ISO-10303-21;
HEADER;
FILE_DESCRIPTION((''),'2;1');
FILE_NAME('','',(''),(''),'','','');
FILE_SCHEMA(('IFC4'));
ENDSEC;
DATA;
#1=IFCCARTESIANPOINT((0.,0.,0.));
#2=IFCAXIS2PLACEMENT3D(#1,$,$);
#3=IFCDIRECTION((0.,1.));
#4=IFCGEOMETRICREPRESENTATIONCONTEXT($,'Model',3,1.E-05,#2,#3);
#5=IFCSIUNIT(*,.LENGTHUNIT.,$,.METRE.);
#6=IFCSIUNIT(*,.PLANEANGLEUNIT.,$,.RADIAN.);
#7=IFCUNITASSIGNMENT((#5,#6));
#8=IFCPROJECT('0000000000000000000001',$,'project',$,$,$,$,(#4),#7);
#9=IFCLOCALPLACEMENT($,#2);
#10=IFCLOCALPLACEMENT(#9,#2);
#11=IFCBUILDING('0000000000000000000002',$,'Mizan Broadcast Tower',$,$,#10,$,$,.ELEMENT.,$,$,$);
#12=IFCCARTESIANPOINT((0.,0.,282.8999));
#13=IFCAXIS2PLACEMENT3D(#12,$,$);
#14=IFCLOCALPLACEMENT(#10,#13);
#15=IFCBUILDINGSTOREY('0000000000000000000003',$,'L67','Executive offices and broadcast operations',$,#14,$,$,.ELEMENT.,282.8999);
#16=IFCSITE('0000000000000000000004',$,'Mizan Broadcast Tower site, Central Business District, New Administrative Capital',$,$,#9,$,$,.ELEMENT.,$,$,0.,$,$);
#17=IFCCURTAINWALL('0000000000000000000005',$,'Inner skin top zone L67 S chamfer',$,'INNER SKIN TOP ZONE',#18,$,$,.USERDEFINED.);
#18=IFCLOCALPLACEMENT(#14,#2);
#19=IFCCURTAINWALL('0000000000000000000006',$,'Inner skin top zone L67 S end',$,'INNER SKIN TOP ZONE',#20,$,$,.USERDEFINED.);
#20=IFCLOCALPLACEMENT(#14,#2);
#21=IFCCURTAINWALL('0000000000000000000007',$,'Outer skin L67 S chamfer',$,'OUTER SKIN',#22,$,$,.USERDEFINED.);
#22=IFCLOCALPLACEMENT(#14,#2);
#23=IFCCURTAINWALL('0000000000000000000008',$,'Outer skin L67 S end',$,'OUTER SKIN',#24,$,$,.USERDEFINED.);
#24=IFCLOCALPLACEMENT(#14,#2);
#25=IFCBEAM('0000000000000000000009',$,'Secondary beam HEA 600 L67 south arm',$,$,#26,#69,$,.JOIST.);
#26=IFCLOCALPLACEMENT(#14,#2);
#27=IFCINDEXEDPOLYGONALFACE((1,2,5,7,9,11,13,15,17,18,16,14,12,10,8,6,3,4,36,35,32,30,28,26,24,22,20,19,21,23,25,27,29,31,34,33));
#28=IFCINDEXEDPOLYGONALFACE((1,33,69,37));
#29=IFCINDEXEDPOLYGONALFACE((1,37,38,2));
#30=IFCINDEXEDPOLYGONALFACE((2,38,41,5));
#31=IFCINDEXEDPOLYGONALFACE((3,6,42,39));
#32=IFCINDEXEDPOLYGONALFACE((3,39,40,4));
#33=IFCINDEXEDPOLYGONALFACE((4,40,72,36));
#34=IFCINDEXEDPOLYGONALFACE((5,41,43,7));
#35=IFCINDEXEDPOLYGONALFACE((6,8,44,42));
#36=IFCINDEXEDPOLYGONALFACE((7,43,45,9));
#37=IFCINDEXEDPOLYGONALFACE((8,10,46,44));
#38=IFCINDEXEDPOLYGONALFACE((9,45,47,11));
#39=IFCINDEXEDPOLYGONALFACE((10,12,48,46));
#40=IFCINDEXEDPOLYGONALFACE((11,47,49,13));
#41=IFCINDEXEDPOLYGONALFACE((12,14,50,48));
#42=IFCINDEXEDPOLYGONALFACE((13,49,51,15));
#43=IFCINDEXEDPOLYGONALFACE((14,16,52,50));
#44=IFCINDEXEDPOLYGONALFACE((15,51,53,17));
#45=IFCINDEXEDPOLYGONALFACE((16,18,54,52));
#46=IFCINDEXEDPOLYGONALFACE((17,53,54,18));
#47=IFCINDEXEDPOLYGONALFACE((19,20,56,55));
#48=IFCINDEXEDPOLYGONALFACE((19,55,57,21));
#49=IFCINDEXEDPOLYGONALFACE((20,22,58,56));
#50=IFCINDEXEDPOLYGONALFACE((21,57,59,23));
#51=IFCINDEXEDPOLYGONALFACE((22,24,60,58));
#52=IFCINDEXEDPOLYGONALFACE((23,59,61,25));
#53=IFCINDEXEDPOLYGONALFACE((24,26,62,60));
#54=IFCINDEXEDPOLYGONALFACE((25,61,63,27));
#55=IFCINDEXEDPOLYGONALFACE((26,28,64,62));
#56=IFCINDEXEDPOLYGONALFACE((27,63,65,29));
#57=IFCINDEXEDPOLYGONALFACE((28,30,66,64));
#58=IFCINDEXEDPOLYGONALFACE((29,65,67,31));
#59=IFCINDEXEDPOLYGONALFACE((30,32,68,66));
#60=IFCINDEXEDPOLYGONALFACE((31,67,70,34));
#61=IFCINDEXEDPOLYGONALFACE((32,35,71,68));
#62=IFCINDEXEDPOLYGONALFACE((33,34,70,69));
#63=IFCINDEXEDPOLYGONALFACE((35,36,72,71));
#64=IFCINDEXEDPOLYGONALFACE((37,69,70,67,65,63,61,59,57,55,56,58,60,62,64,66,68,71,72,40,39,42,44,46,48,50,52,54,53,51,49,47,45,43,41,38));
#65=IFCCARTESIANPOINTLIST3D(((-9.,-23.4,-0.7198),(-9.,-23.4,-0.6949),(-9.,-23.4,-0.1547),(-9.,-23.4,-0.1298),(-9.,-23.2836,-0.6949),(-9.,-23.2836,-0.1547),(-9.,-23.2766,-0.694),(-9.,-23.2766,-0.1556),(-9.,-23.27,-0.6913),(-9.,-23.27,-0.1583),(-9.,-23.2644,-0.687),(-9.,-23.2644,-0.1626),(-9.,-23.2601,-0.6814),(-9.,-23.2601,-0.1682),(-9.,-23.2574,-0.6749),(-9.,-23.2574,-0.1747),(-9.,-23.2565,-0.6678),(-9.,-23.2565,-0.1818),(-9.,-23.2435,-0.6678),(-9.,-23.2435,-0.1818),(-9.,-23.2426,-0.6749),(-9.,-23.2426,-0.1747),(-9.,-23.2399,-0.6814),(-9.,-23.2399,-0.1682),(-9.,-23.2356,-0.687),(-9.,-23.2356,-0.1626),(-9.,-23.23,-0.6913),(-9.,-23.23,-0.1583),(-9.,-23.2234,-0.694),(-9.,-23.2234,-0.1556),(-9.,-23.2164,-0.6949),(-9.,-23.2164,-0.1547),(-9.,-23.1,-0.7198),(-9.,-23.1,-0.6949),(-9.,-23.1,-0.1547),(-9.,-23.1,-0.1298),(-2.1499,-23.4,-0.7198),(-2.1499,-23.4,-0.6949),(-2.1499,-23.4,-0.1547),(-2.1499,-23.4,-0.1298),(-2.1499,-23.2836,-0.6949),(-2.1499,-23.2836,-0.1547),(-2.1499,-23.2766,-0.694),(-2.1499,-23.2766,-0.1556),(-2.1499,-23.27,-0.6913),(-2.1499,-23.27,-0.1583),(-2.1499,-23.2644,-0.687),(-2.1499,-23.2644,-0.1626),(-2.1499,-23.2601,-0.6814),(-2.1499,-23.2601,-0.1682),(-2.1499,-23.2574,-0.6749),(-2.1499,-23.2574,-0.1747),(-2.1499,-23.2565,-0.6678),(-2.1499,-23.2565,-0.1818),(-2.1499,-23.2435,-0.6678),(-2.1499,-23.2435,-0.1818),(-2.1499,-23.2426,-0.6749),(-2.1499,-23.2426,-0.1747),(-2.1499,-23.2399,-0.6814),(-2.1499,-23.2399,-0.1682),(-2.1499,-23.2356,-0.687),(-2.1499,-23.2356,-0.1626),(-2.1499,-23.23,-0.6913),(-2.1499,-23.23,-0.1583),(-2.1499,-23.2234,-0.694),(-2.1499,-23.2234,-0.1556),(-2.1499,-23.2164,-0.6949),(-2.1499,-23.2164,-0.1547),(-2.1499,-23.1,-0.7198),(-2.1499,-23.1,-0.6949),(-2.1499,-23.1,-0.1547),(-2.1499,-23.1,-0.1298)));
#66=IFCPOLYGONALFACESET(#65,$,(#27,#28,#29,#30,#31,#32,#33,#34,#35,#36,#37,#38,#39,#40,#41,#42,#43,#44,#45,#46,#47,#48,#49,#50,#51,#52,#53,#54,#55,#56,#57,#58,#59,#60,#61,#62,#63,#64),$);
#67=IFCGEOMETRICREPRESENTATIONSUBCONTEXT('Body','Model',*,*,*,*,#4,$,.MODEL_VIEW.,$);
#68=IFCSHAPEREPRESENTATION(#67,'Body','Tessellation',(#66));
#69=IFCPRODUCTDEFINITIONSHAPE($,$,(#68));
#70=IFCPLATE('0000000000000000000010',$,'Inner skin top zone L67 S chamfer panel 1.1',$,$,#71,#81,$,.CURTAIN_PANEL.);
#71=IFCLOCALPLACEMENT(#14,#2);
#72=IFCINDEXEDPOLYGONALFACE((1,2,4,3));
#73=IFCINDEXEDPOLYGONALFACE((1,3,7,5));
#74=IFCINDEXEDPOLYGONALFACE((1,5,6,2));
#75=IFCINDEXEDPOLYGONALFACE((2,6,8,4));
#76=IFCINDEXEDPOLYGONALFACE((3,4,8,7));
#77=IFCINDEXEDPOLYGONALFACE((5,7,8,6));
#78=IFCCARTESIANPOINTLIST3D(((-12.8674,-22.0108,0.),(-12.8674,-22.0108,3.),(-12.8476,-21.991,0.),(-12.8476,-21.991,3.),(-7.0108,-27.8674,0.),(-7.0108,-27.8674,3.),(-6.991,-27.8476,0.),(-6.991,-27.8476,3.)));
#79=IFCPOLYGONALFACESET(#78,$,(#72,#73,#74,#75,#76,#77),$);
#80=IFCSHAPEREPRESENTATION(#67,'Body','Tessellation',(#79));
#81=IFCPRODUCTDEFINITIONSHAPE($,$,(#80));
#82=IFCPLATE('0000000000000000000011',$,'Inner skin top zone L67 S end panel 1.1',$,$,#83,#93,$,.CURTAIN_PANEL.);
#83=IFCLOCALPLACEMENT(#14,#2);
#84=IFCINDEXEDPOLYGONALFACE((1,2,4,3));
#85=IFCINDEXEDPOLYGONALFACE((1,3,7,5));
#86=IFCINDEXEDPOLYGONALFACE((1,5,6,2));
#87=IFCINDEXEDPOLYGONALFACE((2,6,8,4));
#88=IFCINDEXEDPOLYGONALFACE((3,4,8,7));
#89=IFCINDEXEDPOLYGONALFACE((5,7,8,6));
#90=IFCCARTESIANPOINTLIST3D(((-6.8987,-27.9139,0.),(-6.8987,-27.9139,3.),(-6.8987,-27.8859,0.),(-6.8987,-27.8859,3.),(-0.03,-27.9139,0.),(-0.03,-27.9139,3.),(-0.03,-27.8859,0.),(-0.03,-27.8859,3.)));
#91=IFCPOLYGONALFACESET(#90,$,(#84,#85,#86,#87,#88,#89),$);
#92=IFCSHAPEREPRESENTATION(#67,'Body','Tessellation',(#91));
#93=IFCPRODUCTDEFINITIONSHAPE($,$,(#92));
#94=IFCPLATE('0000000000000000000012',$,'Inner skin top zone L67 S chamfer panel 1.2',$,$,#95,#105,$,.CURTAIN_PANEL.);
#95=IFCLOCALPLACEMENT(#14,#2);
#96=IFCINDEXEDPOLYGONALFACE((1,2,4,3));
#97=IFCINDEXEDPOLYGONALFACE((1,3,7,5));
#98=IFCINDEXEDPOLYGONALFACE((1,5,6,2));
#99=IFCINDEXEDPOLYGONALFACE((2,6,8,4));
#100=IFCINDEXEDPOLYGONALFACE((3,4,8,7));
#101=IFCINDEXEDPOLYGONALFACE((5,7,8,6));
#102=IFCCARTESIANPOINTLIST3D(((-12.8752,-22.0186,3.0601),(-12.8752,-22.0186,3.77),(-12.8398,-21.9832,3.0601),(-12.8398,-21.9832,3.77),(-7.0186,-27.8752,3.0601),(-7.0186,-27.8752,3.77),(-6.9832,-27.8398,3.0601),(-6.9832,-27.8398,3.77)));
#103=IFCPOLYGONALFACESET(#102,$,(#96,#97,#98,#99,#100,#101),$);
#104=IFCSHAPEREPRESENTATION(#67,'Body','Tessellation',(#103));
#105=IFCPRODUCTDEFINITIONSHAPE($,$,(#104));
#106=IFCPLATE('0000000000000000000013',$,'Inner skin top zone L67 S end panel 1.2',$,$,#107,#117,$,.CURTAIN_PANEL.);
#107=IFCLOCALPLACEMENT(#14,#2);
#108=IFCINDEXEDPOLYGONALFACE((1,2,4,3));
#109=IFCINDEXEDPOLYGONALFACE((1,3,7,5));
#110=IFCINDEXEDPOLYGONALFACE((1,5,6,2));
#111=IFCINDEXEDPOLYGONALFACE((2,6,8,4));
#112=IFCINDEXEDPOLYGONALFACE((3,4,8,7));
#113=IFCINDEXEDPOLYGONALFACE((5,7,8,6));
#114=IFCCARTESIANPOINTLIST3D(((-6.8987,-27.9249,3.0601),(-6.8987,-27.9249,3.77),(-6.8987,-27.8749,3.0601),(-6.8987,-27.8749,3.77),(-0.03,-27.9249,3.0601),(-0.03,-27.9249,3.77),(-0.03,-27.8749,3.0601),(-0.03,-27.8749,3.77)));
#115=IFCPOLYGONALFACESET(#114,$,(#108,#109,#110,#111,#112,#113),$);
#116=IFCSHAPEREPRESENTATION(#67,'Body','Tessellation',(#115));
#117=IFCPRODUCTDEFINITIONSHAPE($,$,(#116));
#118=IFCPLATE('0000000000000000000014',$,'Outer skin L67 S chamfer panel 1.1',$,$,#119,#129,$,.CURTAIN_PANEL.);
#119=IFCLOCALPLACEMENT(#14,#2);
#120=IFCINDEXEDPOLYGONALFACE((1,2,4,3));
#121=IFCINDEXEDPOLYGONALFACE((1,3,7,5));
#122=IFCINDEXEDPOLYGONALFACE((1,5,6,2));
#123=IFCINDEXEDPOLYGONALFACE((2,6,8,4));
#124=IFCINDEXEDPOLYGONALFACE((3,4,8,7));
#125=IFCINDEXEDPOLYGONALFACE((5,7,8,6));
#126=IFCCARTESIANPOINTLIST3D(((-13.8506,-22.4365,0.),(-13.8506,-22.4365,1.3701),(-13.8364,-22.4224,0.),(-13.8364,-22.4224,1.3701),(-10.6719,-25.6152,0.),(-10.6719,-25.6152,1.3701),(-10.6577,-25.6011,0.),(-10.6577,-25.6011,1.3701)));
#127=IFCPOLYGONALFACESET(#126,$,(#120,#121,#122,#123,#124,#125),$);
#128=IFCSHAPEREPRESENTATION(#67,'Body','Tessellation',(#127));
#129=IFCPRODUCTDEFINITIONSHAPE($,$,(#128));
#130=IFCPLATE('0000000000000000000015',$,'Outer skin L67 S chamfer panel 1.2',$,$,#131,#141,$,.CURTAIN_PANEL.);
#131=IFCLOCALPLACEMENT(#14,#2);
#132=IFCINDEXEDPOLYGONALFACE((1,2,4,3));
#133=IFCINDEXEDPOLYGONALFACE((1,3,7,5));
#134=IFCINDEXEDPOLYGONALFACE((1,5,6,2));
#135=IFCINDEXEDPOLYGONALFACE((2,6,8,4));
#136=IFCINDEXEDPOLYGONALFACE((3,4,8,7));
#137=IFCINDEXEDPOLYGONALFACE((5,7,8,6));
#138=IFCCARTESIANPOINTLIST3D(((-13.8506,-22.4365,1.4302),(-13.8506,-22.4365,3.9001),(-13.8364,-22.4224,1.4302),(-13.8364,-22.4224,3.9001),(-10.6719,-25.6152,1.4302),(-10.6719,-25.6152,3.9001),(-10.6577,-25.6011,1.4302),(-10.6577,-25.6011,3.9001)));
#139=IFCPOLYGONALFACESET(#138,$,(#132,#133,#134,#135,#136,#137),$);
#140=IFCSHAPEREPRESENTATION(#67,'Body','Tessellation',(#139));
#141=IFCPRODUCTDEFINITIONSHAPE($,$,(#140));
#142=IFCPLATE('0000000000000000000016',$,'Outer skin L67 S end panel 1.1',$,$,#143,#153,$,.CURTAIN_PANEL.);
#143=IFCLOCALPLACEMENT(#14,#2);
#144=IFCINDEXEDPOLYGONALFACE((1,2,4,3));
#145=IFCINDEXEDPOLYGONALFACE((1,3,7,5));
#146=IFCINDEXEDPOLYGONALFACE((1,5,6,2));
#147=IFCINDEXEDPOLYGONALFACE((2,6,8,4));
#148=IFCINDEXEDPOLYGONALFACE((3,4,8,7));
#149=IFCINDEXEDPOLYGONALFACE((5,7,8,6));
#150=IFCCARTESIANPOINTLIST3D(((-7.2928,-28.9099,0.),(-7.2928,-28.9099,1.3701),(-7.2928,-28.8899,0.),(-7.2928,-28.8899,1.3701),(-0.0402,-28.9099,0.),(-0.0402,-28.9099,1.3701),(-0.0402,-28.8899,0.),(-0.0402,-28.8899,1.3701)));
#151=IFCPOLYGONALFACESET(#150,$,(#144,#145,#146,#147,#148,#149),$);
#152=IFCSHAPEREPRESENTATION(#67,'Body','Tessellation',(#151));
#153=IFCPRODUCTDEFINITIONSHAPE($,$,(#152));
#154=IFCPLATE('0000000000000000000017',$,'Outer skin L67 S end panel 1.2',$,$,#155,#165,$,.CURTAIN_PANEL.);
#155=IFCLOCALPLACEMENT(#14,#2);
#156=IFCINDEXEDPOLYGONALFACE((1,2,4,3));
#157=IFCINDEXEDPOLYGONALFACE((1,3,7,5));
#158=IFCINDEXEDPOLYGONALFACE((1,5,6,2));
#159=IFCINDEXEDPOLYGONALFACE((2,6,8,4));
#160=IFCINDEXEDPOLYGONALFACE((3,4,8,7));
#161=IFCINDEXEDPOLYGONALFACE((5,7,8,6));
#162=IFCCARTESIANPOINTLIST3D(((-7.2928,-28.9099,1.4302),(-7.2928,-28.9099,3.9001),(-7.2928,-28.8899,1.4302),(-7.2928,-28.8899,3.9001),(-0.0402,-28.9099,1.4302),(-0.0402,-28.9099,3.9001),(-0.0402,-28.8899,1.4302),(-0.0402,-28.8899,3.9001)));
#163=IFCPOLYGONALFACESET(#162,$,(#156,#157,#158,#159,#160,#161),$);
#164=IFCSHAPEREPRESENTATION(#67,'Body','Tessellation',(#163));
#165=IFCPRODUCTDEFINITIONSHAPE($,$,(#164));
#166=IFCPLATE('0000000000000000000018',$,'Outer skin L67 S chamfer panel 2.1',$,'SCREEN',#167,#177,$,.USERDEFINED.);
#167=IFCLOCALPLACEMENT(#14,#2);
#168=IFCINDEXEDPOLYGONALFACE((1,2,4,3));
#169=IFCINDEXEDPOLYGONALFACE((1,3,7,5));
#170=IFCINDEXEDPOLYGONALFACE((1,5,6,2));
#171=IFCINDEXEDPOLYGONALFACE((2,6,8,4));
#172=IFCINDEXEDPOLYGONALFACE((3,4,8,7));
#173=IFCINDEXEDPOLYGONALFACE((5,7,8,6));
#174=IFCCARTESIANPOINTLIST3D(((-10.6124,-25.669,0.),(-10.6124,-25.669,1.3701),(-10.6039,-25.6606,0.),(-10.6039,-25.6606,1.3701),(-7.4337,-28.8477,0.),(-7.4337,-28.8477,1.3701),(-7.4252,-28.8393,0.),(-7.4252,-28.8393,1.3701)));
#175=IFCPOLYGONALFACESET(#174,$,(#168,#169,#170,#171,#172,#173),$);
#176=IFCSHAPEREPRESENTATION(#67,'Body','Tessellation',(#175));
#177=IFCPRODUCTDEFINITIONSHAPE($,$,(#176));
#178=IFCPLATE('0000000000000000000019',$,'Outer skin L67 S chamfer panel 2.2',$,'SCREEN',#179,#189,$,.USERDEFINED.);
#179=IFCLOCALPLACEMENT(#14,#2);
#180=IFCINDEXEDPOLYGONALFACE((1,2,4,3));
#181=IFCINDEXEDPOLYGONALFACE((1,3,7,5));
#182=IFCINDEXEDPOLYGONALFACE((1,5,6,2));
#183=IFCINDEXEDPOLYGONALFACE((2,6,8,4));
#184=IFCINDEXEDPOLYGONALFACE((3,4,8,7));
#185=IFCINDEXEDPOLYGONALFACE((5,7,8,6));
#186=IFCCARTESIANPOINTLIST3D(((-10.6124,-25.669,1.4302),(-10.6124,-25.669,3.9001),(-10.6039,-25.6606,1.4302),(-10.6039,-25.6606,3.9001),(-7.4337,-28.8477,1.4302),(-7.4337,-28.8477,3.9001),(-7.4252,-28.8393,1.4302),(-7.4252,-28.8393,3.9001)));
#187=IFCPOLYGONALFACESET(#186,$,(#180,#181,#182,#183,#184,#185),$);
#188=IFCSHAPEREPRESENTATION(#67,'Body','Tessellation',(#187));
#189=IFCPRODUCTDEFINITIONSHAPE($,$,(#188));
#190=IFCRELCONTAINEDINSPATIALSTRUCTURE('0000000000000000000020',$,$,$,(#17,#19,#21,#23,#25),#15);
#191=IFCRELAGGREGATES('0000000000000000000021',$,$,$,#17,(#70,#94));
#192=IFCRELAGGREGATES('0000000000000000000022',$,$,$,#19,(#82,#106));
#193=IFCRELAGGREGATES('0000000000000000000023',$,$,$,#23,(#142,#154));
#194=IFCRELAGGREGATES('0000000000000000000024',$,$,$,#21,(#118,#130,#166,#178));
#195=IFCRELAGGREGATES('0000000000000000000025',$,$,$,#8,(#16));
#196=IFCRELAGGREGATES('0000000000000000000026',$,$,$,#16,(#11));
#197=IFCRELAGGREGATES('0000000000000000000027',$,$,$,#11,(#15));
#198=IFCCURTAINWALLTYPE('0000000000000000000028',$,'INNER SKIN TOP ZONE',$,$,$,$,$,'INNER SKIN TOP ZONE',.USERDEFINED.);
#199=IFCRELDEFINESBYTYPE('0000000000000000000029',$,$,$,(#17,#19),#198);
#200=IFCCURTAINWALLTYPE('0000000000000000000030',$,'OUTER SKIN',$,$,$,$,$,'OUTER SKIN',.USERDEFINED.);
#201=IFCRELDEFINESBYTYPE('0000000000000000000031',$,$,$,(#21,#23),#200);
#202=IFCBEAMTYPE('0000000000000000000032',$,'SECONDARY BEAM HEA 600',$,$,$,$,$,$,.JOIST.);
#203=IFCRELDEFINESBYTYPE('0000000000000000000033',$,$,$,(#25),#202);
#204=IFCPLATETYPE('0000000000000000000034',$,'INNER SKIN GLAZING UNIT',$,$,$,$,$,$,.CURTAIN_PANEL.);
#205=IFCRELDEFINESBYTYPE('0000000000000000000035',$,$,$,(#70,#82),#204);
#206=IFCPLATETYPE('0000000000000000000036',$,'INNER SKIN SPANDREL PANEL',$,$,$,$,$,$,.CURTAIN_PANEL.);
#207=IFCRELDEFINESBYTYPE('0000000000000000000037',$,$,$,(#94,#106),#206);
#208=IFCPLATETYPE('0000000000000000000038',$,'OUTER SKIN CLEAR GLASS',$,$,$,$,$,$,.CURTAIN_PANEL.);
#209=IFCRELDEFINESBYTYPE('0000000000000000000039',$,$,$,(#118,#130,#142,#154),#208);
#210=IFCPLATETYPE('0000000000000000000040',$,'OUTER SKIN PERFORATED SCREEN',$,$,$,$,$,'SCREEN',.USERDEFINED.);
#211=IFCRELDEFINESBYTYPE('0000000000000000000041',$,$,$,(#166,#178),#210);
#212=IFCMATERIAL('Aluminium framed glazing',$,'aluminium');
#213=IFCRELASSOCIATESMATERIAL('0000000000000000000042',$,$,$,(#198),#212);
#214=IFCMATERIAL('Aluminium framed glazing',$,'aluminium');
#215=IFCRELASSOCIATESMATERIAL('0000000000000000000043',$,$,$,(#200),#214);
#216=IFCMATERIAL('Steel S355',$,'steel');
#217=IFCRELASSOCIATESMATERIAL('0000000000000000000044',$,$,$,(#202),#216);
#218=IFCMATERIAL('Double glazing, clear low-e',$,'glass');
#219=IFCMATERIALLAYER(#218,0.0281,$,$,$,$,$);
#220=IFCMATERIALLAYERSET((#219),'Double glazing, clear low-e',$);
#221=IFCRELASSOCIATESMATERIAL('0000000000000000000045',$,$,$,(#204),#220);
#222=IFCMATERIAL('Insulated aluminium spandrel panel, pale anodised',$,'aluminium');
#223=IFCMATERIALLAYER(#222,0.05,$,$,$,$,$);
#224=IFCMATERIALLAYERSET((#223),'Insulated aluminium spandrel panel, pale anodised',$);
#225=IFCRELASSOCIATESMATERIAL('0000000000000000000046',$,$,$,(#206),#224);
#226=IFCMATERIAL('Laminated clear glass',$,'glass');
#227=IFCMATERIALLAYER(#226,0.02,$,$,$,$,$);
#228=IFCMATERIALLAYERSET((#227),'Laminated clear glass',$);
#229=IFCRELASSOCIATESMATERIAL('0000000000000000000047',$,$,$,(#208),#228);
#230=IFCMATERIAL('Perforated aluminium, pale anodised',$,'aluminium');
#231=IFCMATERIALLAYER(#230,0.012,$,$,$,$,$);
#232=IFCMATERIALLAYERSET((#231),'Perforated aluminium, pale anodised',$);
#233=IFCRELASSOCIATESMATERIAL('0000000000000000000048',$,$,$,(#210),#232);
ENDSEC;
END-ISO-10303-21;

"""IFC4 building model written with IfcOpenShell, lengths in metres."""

from ifc_helpers import new_model, si_unit, direction, frame, origin, origin_2d, place, context, subcontext, project, spatial, rectangle, i_section, extrude, material, layer, layer_set, material_profile, profile_set, type_object, element, aggregate, save


model = new_model("IFC4")

# Units and contexts
model_context = context("Model", 3, precision=1e-05, world=origin(), true_north=direction((0.0, 1.0)))
body_context = subcontext(model_context, "Body", "Model", "MODEL_VIEW")
ifc_project = project(units=[si_unit("LENGTHUNIT", "METRE"), si_unit("PLANEANGLEUNIT", "RADIAN")], contexts=[model_context])

# Site, building, storey
site_placement = place(None, origin())
site = spatial("IfcSite", under=ifc_project, at=site_placement, Name="Mizan Broadcast Tower site, Central Business District, New Administrative Capital", CompositionType="ELEMENT", RefElevation=0.0)
building_placement = place(site_placement, origin())
building = spatial("IfcBuilding", under=site, at=building_placement, Name="Mizan Broadcast Tower", CompositionType="ELEMENT")
storey_placement = place(building_placement, frame((0.0, 0.0, 282.8999)))
storey = spatial("IfcBuildingStorey", under=building, at=storey_placement, Name="L67", Description="Executive offices and broadcast operations", CompositionType="ELEMENT", Elevation=282.8999)

# Curtain walls
ifc_material_1 = material(Name="Aluminium framed glazing", Category="aluminium")
curtain_wall_type_1 = type_object("IfcCurtainWallType", Name="INNER SKIN TOP ZONE", ElementType="INNER SKIN TOP ZONE", PredefinedType="USERDEFINED", material=ifc_material_1)
curtain_wall_1_placement = place(storey_placement, origin())
curtain_wall_1 = element("IfcCurtainWall", 1, at=curtain_wall_1_placement, inside=storey, type_object=curtain_wall_type_1, Name="Inner skin top zone L67 S chamfer", ObjectType="INNER SKIN TOP ZONE", PredefinedType="USERDEFINED")
curtain_wall_2_placement = place(storey_placement, origin())
curtain_wall_2 = element("IfcCurtainWall", 2, at=curtain_wall_2_placement, inside=storey, type_object=curtain_wall_type_1, Name="Inner skin top zone L67 S end", ObjectType="INNER SKIN TOP ZONE", PredefinedType="USERDEFINED")

# Curtain wall
ifc_material_2 = material(Name="Aluminium framed glazing", Category="aluminium")
curtain_wall_type_2 = type_object("IfcCurtainWallType", Name="OUTER SKIN", ElementType="OUTER SKIN", PredefinedType="USERDEFINED", material=ifc_material_2)
curtain_wall_3_placement = place(storey_placement, origin())
curtain_wall_3 = element("IfcCurtainWall", 3, at=curtain_wall_3_placement, inside=storey, type_object=curtain_wall_type_2, Name="Outer skin L67 S chamfer", ObjectType="OUTER SKIN", PredefinedType="USERDEFINED")

# Curtain wall
curtain_wall_4_placement = place(storey_placement, origin())
curtain_wall_4 = element("IfcCurtainWall", 4, at=curtain_wall_4_placement, inside=storey, type_object=curtain_wall_type_2, Name="Outer skin L67 S end", ObjectType="OUTER SKIN", PredefinedType="USERDEFINED")

# Beam
ifc_material_3 = material(Name="Steel S355", Category="steel")
ifc_material_profile_1 = material_profile(ifc_material_3, i_section(OverallWidth=0.3, OverallDepth=0.5901, WebThickness=0.0129, FlangeThickness=0.0249, FilletRadius=0.0271, at=origin_2d()), Name="HEA 600")
ifc_profile_set_1 = profile_set([ifc_material_profile_1], Name="Steel S355")
beam_type_1 = type_object("IfcBeamType", Name="SECONDARY BEAM HEA 600", PredefinedType="JOIST", material=ifc_profile_set_1)
beam_1_placement = place(storey_placement, frame((-9.0, -23.25, -0.4248), z_axis=(1.0, 0.0, 0.0), x_axis=(0.0, 1.0, 0.0)))
element("IfcBeam", 5, at=beam_1_placement, inside=storey, type_object=beam_type_1, Name="Secondary beam HEA 600 L67 south arm", PredefinedType="JOIST", context=body_context, shape_type="SweptSolid", body=[
    extrude(i_section(OverallWidth=0.3, OverallDepth=0.5901, WebThickness=0.0129, FlangeThickness=0.0249, FilletRadius=0.0271, at=origin_2d()), origin(), (0.0, 0.0, 1.0), 6.8501),
])

# Plates
ifc_material_4 = material(Name="Double glazing, clear low-e", Category="glass")
ifc_layer_1 = layer(ifc_material_4, 0.0281)
ifc_layer_set_1 = layer_set([ifc_layer_1], Name="Double glazing, clear low-e")
plate_type_1 = type_object("IfcPlateType", Name="INNER SKIN GLAZING UNIT", PredefinedType="CURTAIN_PANEL", material=ifc_layer_set_1)
plate_1_placement = place(storey_placement, frame((-9.9292, -24.9292, 0.0), z_axis=(0.0, 0.0, 1.0), x_axis=(0.707107, -0.707107, 0.0)))
plate_1 = element("IfcPlate", 6, at=plate_1_placement, type_object=plate_type_1, Name="Inner skin top zone L67 S chamfer panel 1.1", PredefinedType="CURTAIN_PANEL", context=body_context, shape_type="SweptSolid", body=[
    extrude(rectangle(XDim=8.2825, YDim=0.0281, at=origin_2d()), origin(), (0.0, 0.0, 1.0), 3.0),
])
plate_2_placement = place(storey_placement, frame((-3.4644, -27.8999, 0.0), z_axis=(0.0, 0.0, 1.0), x_axis=(1.0, 0.0, 0.0)))
plate_2 = element("IfcPlate", 7, at=plate_2_placement, type_object=plate_type_1, Name="Inner skin top zone L67 S end panel 1.1", PredefinedType="CURTAIN_PANEL", context=body_context, shape_type="SweptSolid", body=[
    extrude(rectangle(XDim=6.8687, YDim=0.0281, at=origin_2d()), origin(), (0.0, 0.0, 1.0), 3.0),
])
ifc_material_5 = material(Name="Insulated aluminium spandrel panel, pale anodised", Category="aluminium")
ifc_layer_2 = layer(ifc_material_5, 0.05)
ifc_layer_set_2 = layer_set([ifc_layer_2], Name="Insulated aluminium spandrel panel, pale anodised")
plate_type_2 = type_object("IfcPlateType", Name="INNER SKIN SPANDREL PANEL", PredefinedType="CURTAIN_PANEL", material=ifc_layer_set_2)
plate_3_placement = place(storey_placement, frame((-9.9292, -24.9292, 3.0601), z_axis=(0.0, 0.0, 1.0), x_axis=(0.707107, -0.707107, 0.0)))
plate_3 = element("IfcPlate", 8, at=plate_3_placement, type_object=plate_type_2, Name="Inner skin top zone L67 S chamfer panel 1.2", PredefinedType="CURTAIN_PANEL", context=body_context, shape_type="SweptSolid", body=[
    extrude(rectangle(XDim=8.2825, YDim=0.05, at=origin_2d()), origin(), (0.0, 0.0, 1.0), 0.71),
])
aggregate(curtain_wall_1, [plate_1, plate_3])
plate_4_placement = place(storey_placement, frame((-3.4644, -27.8999, 3.0601), z_axis=(0.0, 0.0, 1.0), x_axis=(1.0, 0.0, 0.0)))
plate_4 = element("IfcPlate", 9, at=plate_4_placement, type_object=plate_type_2, Name="Inner skin top zone L67 S end panel 1.2", PredefinedType="CURTAIN_PANEL", context=body_context, shape_type="SweptSolid", body=[
    extrude(rectangle(XDim=6.8687, YDim=0.05, at=origin_2d()), origin(), (0.0, 0.0, 1.0), 0.71),
])
aggregate(curtain_wall_2, [plate_2, plate_4])
ifc_material_6 = material(Name="Laminated clear glass", Category="glass")
ifc_layer_3 = layer(ifc_material_6, 0.02)
ifc_layer_set_3 = layer_set([ifc_layer_3], Name="Laminated clear glass")
plate_type_3 = type_object("IfcPlateType", Name="OUTER SKIN CLEAR GLASS", PredefinedType="CURTAIN_PANEL", material=ifc_layer_set_3)
plate_5_placement = place(storey_placement, frame((-12.2542, -24.0188, 0.0), z_axis=(0.0, 0.0, 1.0), x_axis=(0.707107, -0.707107, 0.0)))
plate_5 = element("IfcPlate", 10, at=plate_5_placement, type_object=plate_type_3, Name="Outer skin L67 S chamfer panel 1.1", PredefinedType="CURTAIN_PANEL", context=body_context, shape_type="SweptSolid", body=[
    extrude(rectangle(XDim=4.4954, YDim=0.02, at=origin_2d()), origin(), (0.0, 0.0, 1.0), 1.3701),
])
plate_6_placement = place(storey_placement, frame((-12.2542, -24.0188, 1.4302), z_axis=(0.0, 0.0, 1.0), x_axis=(0.707107, -0.707107, 0.0)))
plate_6 = element("IfcPlate", 11, at=plate_6_placement, type_object=plate_type_3, Name="Outer skin L67 S chamfer panel 1.2", PredefinedType="CURTAIN_PANEL", context=body_context, shape_type="SweptSolid", body=[
    extrude(rectangle(XDim=4.4954, YDim=0.02, at=origin_2d()), origin(), (0.0, 0.0, 1.0), 2.47),
])
plate_7_placement = place(storey_placement, frame((-3.6665, -28.8999, 0.0), z_axis=(0.0, 0.0, 1.0), x_axis=(1.0, 0.0, 0.0)))
plate_7 = element("IfcPlate", 12, at=plate_7_placement, type_object=plate_type_3, Name="Outer skin L67 S end panel 1.1", PredefinedType="CURTAIN_PANEL", context=body_context, shape_type="SweptSolid", body=[
    extrude(rectangle(XDim=7.2527, YDim=0.02, at=origin_2d()), origin(), (0.0, 0.0, 1.0), 1.3701),
])
plate_8_placement = place(storey_placement, frame((-3.6665, -28.8999, 1.4302), z_axis=(0.0, 0.0, 1.0), x_axis=(1.0, 0.0, 0.0)))
plate_8 = element("IfcPlate", 13, at=plate_8_placement, type_object=plate_type_3, Name="Outer skin L67 S end panel 1.2", PredefinedType="CURTAIN_PANEL", context=body_context, shape_type="SweptSolid", body=[
    extrude(rectangle(XDim=7.2527, YDim=0.02, at=origin_2d()), origin(), (0.0, 0.0, 1.0), 2.47),
])
aggregate(curtain_wall_4, [plate_7, plate_8])
ifc_material_7 = material(Name="Perforated aluminium, pale anodised", Category="aluminium")
ifc_layer_4 = layer(ifc_material_7, 0.012)
ifc_layer_set_4 = layer_set([ifc_layer_4], Name="Perforated aluminium, pale anodised")
plate_type_4 = type_object("IfcPlateType", Name="OUTER SKIN PERFORATED SCREEN", ElementType="SCREEN", PredefinedType="USERDEFINED", material=ifc_layer_set_4)
plate_9_placement = place(storey_placement, frame((-9.0188, -27.2542, 0.0), z_axis=(0.0, 0.0, 1.0), x_axis=(0.707107, -0.707107, 0.0)))
plate_9 = element("IfcPlate", 14, at=plate_9_placement, type_object=plate_type_4, Name="Outer skin L67 S chamfer panel 2.1", ObjectType="SCREEN", PredefinedType="USERDEFINED", context=body_context, shape_type="SweptSolid", body=[
    extrude(rectangle(XDim=4.4954, YDim=0.012, at=origin_2d()), origin(), (0.0, 0.0, 1.0), 1.3701),
])
plate_10_placement = place(storey_placement, frame((-9.0188, -27.2542, 1.4302), z_axis=(0.0, 0.0, 1.0), x_axis=(0.707107, -0.707107, 0.0)))
plate_10 = element("IfcPlate", 15, at=plate_10_placement, type_object=plate_type_4, Name="Outer skin L67 S chamfer panel 2.2", ObjectType="SCREEN", PredefinedType="USERDEFINED", context=body_context, shape_type="SweptSolid", body=[
    extrude(rectangle(XDim=4.4954, YDim=0.012, at=origin_2d()), origin(), (0.0, 0.0, 1.0), 2.47),
])
aggregate(curtain_wall_3, [plate_5, plate_6, plate_9, plate_10])

save(model, "model.ifc")
